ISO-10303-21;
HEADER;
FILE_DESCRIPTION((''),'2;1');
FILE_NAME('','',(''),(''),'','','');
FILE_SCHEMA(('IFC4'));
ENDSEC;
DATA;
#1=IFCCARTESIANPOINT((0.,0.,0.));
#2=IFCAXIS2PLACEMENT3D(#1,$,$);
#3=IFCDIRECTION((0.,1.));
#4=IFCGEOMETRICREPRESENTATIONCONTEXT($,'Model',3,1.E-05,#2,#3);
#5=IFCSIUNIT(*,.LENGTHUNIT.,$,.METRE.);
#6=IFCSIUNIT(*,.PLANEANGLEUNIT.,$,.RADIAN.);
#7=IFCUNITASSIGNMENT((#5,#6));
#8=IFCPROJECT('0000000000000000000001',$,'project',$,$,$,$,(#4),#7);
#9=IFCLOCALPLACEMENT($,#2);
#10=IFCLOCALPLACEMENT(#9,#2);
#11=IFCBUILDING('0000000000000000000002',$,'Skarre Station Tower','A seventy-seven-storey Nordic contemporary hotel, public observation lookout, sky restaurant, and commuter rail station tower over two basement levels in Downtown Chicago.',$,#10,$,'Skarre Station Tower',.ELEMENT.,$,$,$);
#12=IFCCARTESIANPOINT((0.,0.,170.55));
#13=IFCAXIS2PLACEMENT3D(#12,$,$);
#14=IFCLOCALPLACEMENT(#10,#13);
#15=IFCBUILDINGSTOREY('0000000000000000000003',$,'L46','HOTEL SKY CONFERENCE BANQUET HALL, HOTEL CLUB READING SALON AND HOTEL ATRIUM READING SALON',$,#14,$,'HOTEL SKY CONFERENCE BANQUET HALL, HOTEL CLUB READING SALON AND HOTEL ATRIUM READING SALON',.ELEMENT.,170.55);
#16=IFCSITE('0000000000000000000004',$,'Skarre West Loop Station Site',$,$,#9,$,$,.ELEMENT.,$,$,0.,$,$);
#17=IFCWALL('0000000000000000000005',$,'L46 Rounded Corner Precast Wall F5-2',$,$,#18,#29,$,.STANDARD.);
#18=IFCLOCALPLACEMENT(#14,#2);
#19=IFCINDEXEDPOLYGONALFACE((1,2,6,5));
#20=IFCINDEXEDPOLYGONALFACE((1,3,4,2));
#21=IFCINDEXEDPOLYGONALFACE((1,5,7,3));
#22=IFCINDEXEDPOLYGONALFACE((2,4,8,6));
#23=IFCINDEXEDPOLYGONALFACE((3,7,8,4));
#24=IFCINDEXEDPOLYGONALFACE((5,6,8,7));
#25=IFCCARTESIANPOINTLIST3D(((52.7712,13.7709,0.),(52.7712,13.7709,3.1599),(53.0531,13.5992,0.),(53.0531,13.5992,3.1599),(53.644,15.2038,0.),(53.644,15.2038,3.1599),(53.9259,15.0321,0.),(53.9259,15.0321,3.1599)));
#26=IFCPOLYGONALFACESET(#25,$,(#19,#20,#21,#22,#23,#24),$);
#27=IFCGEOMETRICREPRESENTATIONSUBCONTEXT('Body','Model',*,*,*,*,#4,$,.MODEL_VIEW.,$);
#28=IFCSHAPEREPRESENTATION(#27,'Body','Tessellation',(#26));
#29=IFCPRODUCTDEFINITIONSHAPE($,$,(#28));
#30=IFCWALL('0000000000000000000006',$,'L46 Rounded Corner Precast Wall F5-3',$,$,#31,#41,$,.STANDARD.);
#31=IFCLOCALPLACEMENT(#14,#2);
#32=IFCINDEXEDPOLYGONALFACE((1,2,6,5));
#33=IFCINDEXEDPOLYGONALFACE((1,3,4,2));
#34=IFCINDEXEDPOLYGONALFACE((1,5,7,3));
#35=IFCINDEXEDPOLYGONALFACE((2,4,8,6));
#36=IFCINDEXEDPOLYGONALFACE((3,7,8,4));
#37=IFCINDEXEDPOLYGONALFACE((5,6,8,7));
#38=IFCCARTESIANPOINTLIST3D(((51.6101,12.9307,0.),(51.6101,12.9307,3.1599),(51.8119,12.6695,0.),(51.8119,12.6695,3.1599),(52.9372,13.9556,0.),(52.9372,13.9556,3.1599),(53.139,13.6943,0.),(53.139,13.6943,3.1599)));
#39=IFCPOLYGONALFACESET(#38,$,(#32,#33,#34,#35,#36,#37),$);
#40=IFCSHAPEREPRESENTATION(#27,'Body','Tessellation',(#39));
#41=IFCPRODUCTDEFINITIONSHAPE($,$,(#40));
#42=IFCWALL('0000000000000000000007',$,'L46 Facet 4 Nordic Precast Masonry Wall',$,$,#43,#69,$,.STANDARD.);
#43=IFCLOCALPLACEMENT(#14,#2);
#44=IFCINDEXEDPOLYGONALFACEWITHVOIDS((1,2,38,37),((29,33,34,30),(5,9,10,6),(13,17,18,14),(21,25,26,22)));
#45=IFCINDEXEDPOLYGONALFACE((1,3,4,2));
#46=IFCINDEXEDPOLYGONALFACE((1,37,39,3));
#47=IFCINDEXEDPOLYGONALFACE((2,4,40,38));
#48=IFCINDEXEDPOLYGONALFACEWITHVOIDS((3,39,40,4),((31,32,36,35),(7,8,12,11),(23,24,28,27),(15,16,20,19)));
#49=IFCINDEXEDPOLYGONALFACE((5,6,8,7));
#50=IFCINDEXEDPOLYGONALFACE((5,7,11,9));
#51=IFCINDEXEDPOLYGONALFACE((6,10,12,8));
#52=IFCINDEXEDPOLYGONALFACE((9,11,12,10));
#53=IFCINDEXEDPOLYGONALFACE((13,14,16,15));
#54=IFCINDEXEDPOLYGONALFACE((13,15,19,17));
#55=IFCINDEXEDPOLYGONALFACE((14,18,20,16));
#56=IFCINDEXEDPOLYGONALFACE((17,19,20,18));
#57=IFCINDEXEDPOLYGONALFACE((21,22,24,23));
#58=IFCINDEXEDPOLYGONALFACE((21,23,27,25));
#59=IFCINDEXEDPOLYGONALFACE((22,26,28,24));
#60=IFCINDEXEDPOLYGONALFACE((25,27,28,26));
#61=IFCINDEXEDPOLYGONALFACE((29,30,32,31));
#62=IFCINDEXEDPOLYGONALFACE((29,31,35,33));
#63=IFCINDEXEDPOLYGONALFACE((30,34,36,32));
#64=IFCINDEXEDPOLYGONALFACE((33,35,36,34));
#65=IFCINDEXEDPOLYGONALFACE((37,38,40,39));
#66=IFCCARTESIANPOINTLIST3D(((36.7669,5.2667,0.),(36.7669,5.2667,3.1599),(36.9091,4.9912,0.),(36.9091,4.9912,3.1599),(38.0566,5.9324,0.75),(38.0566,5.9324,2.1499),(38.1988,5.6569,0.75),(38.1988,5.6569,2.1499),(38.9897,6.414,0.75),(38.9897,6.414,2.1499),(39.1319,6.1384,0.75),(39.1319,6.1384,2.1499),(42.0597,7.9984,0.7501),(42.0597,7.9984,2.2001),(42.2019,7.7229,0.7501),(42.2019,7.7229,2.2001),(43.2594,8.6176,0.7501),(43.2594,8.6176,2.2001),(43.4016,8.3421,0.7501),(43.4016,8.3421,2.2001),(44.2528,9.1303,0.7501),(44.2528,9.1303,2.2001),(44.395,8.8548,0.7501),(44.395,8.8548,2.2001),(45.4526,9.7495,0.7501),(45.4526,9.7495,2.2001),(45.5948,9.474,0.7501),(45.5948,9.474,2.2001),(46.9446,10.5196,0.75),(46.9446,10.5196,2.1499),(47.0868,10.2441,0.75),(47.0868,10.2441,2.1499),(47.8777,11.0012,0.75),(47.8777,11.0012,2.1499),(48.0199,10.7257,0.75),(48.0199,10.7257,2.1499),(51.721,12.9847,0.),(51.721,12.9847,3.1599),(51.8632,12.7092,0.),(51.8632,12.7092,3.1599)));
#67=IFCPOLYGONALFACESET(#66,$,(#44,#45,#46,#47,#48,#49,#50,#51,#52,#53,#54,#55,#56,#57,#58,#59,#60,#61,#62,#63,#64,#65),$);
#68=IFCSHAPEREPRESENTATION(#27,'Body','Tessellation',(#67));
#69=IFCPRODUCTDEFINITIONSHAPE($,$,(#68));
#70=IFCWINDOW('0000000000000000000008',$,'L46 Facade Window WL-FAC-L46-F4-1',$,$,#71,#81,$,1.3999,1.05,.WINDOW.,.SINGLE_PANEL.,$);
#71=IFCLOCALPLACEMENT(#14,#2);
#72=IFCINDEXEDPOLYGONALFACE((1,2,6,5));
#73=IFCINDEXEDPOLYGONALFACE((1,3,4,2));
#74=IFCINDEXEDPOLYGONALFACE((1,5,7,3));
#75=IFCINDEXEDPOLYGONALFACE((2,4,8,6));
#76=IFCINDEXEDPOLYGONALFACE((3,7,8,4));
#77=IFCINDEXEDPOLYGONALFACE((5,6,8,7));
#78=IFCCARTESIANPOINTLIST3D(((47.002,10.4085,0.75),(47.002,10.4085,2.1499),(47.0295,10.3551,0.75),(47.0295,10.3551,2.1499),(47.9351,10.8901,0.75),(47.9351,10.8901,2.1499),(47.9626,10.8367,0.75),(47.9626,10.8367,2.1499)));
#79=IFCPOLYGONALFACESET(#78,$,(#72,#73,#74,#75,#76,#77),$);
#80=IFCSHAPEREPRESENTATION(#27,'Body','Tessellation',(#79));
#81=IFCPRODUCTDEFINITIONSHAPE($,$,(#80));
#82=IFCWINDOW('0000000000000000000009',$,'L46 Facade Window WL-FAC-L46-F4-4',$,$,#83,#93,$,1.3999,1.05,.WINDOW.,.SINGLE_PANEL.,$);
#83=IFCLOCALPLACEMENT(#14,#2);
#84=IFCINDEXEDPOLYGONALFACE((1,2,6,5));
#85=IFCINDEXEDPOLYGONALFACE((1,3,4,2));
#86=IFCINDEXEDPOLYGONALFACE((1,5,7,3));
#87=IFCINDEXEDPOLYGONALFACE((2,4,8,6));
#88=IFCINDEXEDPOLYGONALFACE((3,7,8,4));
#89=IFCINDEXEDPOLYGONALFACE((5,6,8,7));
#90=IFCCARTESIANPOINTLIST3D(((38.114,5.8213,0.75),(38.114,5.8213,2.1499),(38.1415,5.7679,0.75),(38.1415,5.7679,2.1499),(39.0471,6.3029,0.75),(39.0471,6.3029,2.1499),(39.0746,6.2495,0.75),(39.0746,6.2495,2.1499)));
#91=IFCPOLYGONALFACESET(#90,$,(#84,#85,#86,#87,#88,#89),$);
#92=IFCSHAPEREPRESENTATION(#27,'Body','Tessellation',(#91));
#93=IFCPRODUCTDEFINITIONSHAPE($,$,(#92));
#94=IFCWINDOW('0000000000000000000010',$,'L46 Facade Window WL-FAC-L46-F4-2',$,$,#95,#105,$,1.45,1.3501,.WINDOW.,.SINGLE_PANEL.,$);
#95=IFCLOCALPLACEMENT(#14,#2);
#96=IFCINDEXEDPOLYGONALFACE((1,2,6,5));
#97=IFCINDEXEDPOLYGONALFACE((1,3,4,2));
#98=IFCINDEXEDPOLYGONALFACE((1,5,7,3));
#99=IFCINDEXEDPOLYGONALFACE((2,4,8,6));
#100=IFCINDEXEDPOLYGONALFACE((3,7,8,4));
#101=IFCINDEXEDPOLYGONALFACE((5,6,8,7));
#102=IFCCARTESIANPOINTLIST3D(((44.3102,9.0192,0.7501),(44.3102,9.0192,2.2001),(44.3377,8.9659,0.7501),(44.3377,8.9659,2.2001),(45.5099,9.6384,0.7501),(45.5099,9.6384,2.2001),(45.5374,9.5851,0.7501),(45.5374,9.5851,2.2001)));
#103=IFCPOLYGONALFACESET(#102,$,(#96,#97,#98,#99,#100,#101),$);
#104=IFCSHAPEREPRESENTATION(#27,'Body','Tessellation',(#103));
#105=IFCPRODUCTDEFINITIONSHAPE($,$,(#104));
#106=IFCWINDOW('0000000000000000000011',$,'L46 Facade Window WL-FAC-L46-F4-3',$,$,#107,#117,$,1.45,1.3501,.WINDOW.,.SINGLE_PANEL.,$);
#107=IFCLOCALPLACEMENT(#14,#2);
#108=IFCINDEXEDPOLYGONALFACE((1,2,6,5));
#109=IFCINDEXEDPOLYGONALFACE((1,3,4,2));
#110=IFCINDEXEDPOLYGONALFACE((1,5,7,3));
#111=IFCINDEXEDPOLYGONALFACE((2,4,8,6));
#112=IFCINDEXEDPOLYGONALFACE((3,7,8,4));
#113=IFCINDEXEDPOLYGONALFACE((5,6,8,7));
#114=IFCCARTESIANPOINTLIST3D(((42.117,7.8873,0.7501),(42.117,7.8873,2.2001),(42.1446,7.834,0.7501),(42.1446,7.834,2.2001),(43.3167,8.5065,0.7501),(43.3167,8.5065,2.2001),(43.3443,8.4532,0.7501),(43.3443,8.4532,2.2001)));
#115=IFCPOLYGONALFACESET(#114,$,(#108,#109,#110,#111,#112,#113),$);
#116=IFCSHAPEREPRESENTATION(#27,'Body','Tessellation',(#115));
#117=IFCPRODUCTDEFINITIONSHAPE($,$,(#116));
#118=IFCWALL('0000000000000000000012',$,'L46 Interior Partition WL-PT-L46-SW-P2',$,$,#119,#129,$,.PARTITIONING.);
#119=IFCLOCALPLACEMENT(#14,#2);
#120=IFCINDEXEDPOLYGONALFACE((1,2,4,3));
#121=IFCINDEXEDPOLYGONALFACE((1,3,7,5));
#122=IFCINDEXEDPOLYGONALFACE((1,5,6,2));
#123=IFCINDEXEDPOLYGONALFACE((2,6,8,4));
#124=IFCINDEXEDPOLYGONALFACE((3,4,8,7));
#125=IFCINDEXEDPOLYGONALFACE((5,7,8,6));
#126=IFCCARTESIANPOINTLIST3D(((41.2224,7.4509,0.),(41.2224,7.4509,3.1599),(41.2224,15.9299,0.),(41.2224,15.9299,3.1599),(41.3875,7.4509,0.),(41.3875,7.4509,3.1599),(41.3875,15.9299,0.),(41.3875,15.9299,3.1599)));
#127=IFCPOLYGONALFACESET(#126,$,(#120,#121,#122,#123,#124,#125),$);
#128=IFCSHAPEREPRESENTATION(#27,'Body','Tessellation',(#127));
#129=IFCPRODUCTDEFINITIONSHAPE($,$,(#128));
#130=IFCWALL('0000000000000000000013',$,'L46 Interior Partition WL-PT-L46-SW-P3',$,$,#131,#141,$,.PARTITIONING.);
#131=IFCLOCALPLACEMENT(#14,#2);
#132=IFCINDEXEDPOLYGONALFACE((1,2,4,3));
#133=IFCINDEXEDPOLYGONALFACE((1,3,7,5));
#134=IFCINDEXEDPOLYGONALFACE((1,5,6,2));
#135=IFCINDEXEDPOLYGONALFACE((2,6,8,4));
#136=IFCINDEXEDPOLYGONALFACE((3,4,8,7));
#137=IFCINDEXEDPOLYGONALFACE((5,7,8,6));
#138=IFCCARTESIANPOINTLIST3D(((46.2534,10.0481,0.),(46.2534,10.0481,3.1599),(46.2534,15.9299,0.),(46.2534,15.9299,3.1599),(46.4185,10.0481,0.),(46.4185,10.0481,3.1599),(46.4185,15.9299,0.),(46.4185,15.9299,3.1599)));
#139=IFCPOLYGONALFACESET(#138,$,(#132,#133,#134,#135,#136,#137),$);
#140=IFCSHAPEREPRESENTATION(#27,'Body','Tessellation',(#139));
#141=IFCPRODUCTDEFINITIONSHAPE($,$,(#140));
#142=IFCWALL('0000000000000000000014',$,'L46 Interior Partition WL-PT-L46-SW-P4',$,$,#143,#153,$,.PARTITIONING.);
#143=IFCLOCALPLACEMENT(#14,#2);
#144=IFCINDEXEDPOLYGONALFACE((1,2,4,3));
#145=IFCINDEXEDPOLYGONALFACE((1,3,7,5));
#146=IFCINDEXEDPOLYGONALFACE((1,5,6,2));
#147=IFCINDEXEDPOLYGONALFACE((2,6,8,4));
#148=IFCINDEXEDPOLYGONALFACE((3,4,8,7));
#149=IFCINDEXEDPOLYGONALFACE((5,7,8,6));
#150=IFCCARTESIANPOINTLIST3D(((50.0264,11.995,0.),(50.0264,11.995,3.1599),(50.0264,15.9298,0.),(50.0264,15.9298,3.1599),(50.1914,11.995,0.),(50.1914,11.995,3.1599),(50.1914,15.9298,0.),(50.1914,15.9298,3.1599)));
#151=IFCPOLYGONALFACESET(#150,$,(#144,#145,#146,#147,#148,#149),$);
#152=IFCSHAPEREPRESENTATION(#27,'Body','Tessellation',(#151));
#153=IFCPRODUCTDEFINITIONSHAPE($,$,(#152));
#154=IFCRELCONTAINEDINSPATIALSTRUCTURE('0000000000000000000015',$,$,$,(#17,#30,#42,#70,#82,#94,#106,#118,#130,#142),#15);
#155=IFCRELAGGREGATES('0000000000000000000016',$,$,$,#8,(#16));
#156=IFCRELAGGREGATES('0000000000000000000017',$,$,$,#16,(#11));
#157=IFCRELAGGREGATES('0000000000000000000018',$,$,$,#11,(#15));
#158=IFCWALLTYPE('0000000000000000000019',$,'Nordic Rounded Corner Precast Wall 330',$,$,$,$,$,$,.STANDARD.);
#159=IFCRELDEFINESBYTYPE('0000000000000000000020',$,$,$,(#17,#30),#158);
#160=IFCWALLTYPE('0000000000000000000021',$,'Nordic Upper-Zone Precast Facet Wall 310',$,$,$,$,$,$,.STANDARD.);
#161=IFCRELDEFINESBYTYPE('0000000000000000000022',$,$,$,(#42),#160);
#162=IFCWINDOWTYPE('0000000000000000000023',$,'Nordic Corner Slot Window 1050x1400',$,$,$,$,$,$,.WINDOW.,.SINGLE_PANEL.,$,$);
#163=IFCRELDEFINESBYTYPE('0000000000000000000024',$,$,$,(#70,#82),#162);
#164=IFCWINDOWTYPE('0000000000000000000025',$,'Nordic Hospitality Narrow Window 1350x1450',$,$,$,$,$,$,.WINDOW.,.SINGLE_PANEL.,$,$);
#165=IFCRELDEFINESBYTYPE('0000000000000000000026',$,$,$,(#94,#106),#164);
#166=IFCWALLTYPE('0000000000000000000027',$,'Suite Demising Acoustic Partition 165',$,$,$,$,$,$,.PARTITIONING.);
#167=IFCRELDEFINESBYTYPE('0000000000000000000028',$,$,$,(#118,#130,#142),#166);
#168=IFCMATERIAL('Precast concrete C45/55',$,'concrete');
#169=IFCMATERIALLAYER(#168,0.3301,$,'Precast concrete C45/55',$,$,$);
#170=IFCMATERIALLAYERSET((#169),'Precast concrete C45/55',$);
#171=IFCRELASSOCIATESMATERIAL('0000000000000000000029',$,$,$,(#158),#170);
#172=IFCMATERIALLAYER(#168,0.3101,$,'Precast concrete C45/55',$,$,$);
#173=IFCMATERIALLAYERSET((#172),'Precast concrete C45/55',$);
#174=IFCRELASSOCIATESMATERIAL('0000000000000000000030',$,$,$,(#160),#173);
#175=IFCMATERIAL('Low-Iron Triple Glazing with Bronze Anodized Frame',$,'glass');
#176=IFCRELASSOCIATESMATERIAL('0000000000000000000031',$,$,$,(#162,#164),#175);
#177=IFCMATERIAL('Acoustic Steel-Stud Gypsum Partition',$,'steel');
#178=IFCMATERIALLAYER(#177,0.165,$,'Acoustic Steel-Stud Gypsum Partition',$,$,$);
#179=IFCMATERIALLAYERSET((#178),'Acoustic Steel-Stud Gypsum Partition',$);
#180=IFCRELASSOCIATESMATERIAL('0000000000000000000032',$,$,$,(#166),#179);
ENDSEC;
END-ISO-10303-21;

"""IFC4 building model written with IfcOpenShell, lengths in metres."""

from ifc_helpers import new_model, si_unit, direction, frame, frame_2d, origin, place, context, subcontext, project, spatial, rectangle, extrude, material, layer, layer_set, type_object, element, fill, save


model = new_model("IFC4")

# Units and contexts
model_context = context("Model", 3, precision=1e-05, world=origin(), true_north=direction((0.0, 1.0)))
body_context = subcontext(model_context, "Body", "Model", "MODEL_VIEW")
ifc_project = project(units=[si_unit("LENGTHUNIT", "METRE"), si_unit("PLANEANGLEUNIT", "RADIAN")], contexts=[model_context])

# Site, building, storey
site_placement = place(None, origin())
site = spatial("IfcSite", under=ifc_project, at=site_placement, Name="Skarre West Loop Station Site", CompositionType="ELEMENT", RefElevation=0.0)
building_placement = place(site_placement, origin())
building = spatial("IfcBuilding", under=site, at=building_placement, Name="Skarre Station Tower", Description="A seventy-seven-storey Nordic contemporary hotel, public observation lookout, sky restaurant, and commuter rail station tower over two basement levels in Downtown Chicago.", LongName="Skarre Station Tower", CompositionType="ELEMENT")
storey_placement = place(building_placement, frame((0.0, 0.0, 170.55)))
storey = spatial("IfcBuildingStorey", under=building, at=storey_placement, Name="L46", Description="HOTEL SKY CONFERENCE BANQUET HALL, HOTEL CLUB READING SALON AND HOTEL ATRIUM READING SALON", LongName="HOTEL SKY CONFERENCE BANQUET HALL, HOTEL CLUB READING SALON AND HOTEL ATRIUM READING SALON", CompositionType="ELEMENT", Elevation=170.55)

# Shared definitions
ifc_material_1 = material(Name="Acoustic Steel-Stud Gypsum Partition", Category="steel")

# Walls
ifc_material_2 = material(Name="Precast concrete C45/55", Category="concrete")
ifc_layer_1 = layer(ifc_material_2, 0.3301, Name="Precast concrete C45/55")
ifc_layer_set_1 = layer_set([ifc_layer_1], Name="Precast concrete C45/55")
wall_type_1 = type_object("IfcWallType", Name="Nordic Rounded Corner Precast Wall 330", PredefinedType="STANDARD", material=ifc_layer_set_1)
wall_1_placement = place(storey_placement, frame((53.7849, 15.1179, 0.0), z_axis=(0.0, 0.0, 1.0), x_axis=(-0.520219, -0.854033, 0.0)))
element("IfcWall", 1, at=wall_1_placement, inside=storey, type_object=wall_type_1, Name="L46 Rounded Corner Precast Wall F5-2", PredefinedType="STANDARD", context=body_context, shape_type="SweptSolid", body=[
    extrude(rectangle(XDim=1.6777, YDim=0.3301, at=frame_2d((0.8389, 0.0))), origin(), (0.0, 0.0, 1.0), 3.1599),
])
wall_2_placement = place(storey_placement, frame((53.0381, 13.825, 0.0), z_axis=(0.0, 0.0, 1.0), x_axis=(-0.791464, -0.611215, 0.0)))
element("IfcWall", 2, at=wall_2_placement, inside=storey, type_object=wall_type_1, Name="L46 Rounded Corner Precast Wall F5-3", PredefinedType="STANDARD", context=body_context, shape_type="SweptSolid", body=[
    extrude(rectangle(XDim=1.6768, YDim=0.3301, at=frame_2d((0.8384, 0.0))), origin(), (0.0, 0.0, 1.0), 3.1599),
])

# Wall, openings, windows
ifc_layer_2 = layer(ifc_material_2, 0.3101, Name="Precast concrete C45/55")
ifc_layer_set_2 = layer_set([ifc_layer_2], Name="Precast concrete C45/55")
wall_type_2 = type_object("IfcWallType", Name="Nordic Upper-Zone Precast Facet Wall 310", PredefinedType="STANDARD", material=ifc_layer_set_2)
wall_3_placement = place(storey_placement, frame((51.792, 12.8469, 0.0), z_axis=(0.0, 0.0, 1.0), x_axis=(-0.888626, -0.458632, 0.0)))
wall_3 = element("IfcWall", 3, at=wall_3_placement, inside=storey, type_object=wall_type_2, Name="L46 Facet 4 Nordic Precast Masonry Wall", PredefinedType="STANDARD", context=body_context, shape_type="SweptSolid", body=[
    extrude(rectangle(XDim=16.8284, YDim=0.3101, at=frame_2d((8.4141, 0.0))), origin(), (0.0, 0.0, 1.0), 3.1599),
])
opening_1_placement = place(wall_3_placement, frame((4.325, 0.0, 0.75)))
opening_1 = element("IfcOpeningElement", 4, at=opening_1_placement, cuts=wall_3, PredefinedType="OPENING", context=body_context, shape_type="SweptSolid", body=[
    extrude(rectangle(XDim=1.05, YDim=1.3999, at=frame_2d((0.5249, 0.7))), frame((0.0, 0.165, 0.0), z_axis=(0.0, -1.0, 0.0), x_axis=(1.0, 0.0, 0.0)), (0.0, 0.0, 1.0), 0.3301),
])
opening_2_placement = place(wall_3_placement, frame((7.054, 0.0, 0.75)))
opening_2 = element("IfcOpeningElement", 5, at=opening_2_placement, cuts=wall_3, PredefinedType="OPENING", context=body_context, shape_type="SweptSolid", body=[
    extrude(rectangle(XDim=1.3501, YDim=1.45, at=frame_2d((0.675, 0.7251))), frame((0.0, 0.165, 0.0), z_axis=(0.0, -1.0, 0.0), x_axis=(1.0, 0.0, 0.0)), (0.0, 0.0, 1.0), 0.3301),
])
opening_3_placement = place(wall_3_placement, frame((9.522, 0.0, 0.75)))
opening_3 = element("IfcOpeningElement", 6, at=opening_3_placement, cuts=wall_3, PredefinedType="OPENING", context=body_context, shape_type="SweptSolid", body=[
    extrude(rectangle(XDim=1.3501, YDim=1.45, at=frame_2d((0.675, 0.7251))), frame((0.0, 0.165, 0.0), z_axis=(0.0, -1.0, 0.0), x_axis=(1.0, 0.0, 0.0)), (0.0, 0.0, 1.0), 0.3301),
])
opening_4_placement = place(wall_3_placement, frame((14.3269, 0.0, 0.75)))
opening_4 = element("IfcOpeningElement", 7, at=opening_4_placement, cuts=wall_3, PredefinedType="OPENING", context=body_context, shape_type="SweptSolid", body=[
    extrude(rectangle(XDim=1.05, YDim=1.3999, at=frame_2d((0.5249, 0.7))), frame((0.0, 0.165, 0.0), z_axis=(0.0, -1.0, 0.0), x_axis=(1.0, 0.0, 0.0)), (0.0, 0.0, 1.0), 0.3301),
])
ifc_material_3 = material(Name="Low-Iron Triple Glazing with Bronze Anodized Frame", Category="glass")
window_type_1 = type_object("IfcWindowType", Name="Nordic Corner Slot Window 1050x1400", PartitioningType="SINGLE_PANEL", PredefinedType="WINDOW", material=ifc_material_3)
window_1_placement = place(opening_1_placement, origin())
window_1 = element("IfcWindow", 8, at=window_1_placement, inside=storey, type_object=window_type_1, Name="L46 Facade Window WL-FAC-L46-F4-1", OverallHeight=1.3999, OverallWidth=1.05, PartitioningType="SINGLE_PANEL", PredefinedType="WINDOW", context=body_context, shape_type="SweptSolid", body=[
    extrude(rectangle(XDim=1.05, YDim=1.3999, at=frame_2d((0.5249, 0.7))), frame((0.0, 0.03, 0.0), z_axis=(0.0, -1.0, 0.0), x_axis=(1.0, 0.0, 0.0)), (0.0, 0.0, 1.0), 0.0601),
])
fill(opening_1, window_1)
window_2_placement = place(opening_4_placement, origin())
window_2 = element("IfcWindow", 9, at=window_2_placement, inside=storey, type_object=window_type_1, Name="L46 Facade Window WL-FAC-L46-F4-4", OverallHeight=1.3999, OverallWidth=1.05, PartitioningType="SINGLE_PANEL", PredefinedType="WINDOW", context=body_context, shape_type="SweptSolid", body=[
    extrude(rectangle(XDim=1.05, YDim=1.3999, at=frame_2d((0.5249, 0.7))), frame((0.0, 0.03, 0.0), z_axis=(0.0, -1.0, 0.0), x_axis=(1.0, 0.0, 0.0)), (0.0, 0.0, 1.0), 0.0601),
])
fill(opening_4, window_2)
window_type_2 = type_object("IfcWindowType", Name="Nordic Hospitality Narrow Window 1350x1450", PartitioningType="SINGLE_PANEL", PredefinedType="WINDOW", material=ifc_material_3)
window_3_placement = place(opening_2_placement, origin())
window_3 = element("IfcWindow", 10, at=window_3_placement, inside=storey, type_object=window_type_2, Name="L46 Facade Window WL-FAC-L46-F4-2", OverallHeight=1.45, OverallWidth=1.3501, PartitioningType="SINGLE_PANEL", PredefinedType="WINDOW", context=body_context, shape_type="SweptSolid", body=[
    extrude(rectangle(XDim=1.3501, YDim=1.45, at=frame_2d((0.675, 0.7251))), frame((0.0, 0.03, 0.0), z_axis=(0.0, -1.0, 0.0), x_axis=(1.0, 0.0, 0.0)), (0.0, 0.0, 1.0), 0.0601),
])
fill(opening_2, window_3)
window_4_placement = place(opening_3_placement, origin())
window_4 = element("IfcWindow", 11, at=window_4_placement, inside=storey, type_object=window_type_2, Name="L46 Facade Window WL-FAC-L46-F4-3", OverallHeight=1.45, OverallWidth=1.3501, PartitioningType="SINGLE_PANEL", PredefinedType="WINDOW", context=body_context, shape_type="SweptSolid", body=[
    extrude(rectangle(XDim=1.3501, YDim=1.45, at=frame_2d((0.675, 0.7251))), frame((0.0, 0.03, 0.0), z_axis=(0.0, -1.0, 0.0), x_axis=(1.0, 0.0, 0.0)), (0.0, 0.0, 1.0), 0.0601),
])
fill(opening_3, window_4)

# Walls
ifc_layer_3 = layer(ifc_material_1, 0.165, Name="Acoustic Steel-Stud Gypsum Partition")
ifc_layer_set_3 = layer_set([ifc_layer_3], Name="Acoustic Steel-Stud Gypsum Partition")
wall_type_3 = type_object("IfcWallType", Name="Suite Demising Acoustic Partition 165", PredefinedType="PARTITIONING", material=ifc_layer_set_3)
wall_4_placement = place(storey_placement, frame((41.3049, 7.4509, 0.0), z_axis=(0.0, 0.0, 1.0), x_axis=(0.0, 1.0, 0.0)))
element("IfcWall", 12, at=wall_4_placement, inside=storey, type_object=wall_type_3, Name="L46 Interior Partition WL-PT-L46-SW-P2", PredefinedType="PARTITIONING", context=body_context, shape_type="SweptSolid", body=[
    extrude(rectangle(XDim=8.479, YDim=0.165, at=frame_2d((4.2395, 0.0))), origin(), (0.0, 0.0, 1.0), 3.1599),
])
wall_5_placement = place(storey_placement, frame((46.3359, 10.0481, 0.0), z_axis=(0.0, 0.0, 1.0), x_axis=(0.0, 1.0, 0.0)))
element("IfcWall", 13, at=wall_5_placement, inside=storey, type_object=wall_type_3, Name="L46 Interior Partition WL-PT-L46-SW-P3", PredefinedType="PARTITIONING", context=body_context, shape_type="SweptSolid", body=[
    extrude(rectangle(XDim=5.8818, YDim=0.165, at=frame_2d((2.9409, 0.0))), origin(), (0.0, 0.0, 1.0), 3.1599),
])
wall_6_placement = place(storey_placement, frame((50.1089, 11.9951, 0.0), z_axis=(0.0, 0.0, 1.0), x_axis=(0.0, 1.0, 0.0)))
element("IfcWall", 14, at=wall_6_placement, inside=storey, type_object=wall_type_3, Name="L46 Interior Partition WL-PT-L46-SW-P4", PredefinedType="PARTITIONING", context=body_context, shape_type="SweptSolid", body=[
    extrude(rectangle(XDim=3.9348, YDim=0.165, at=frame_2d((1.9673, 0.0))), origin(), (0.0, 0.0, 1.0), 3.1599),
])

save(model, "model.ifc")
